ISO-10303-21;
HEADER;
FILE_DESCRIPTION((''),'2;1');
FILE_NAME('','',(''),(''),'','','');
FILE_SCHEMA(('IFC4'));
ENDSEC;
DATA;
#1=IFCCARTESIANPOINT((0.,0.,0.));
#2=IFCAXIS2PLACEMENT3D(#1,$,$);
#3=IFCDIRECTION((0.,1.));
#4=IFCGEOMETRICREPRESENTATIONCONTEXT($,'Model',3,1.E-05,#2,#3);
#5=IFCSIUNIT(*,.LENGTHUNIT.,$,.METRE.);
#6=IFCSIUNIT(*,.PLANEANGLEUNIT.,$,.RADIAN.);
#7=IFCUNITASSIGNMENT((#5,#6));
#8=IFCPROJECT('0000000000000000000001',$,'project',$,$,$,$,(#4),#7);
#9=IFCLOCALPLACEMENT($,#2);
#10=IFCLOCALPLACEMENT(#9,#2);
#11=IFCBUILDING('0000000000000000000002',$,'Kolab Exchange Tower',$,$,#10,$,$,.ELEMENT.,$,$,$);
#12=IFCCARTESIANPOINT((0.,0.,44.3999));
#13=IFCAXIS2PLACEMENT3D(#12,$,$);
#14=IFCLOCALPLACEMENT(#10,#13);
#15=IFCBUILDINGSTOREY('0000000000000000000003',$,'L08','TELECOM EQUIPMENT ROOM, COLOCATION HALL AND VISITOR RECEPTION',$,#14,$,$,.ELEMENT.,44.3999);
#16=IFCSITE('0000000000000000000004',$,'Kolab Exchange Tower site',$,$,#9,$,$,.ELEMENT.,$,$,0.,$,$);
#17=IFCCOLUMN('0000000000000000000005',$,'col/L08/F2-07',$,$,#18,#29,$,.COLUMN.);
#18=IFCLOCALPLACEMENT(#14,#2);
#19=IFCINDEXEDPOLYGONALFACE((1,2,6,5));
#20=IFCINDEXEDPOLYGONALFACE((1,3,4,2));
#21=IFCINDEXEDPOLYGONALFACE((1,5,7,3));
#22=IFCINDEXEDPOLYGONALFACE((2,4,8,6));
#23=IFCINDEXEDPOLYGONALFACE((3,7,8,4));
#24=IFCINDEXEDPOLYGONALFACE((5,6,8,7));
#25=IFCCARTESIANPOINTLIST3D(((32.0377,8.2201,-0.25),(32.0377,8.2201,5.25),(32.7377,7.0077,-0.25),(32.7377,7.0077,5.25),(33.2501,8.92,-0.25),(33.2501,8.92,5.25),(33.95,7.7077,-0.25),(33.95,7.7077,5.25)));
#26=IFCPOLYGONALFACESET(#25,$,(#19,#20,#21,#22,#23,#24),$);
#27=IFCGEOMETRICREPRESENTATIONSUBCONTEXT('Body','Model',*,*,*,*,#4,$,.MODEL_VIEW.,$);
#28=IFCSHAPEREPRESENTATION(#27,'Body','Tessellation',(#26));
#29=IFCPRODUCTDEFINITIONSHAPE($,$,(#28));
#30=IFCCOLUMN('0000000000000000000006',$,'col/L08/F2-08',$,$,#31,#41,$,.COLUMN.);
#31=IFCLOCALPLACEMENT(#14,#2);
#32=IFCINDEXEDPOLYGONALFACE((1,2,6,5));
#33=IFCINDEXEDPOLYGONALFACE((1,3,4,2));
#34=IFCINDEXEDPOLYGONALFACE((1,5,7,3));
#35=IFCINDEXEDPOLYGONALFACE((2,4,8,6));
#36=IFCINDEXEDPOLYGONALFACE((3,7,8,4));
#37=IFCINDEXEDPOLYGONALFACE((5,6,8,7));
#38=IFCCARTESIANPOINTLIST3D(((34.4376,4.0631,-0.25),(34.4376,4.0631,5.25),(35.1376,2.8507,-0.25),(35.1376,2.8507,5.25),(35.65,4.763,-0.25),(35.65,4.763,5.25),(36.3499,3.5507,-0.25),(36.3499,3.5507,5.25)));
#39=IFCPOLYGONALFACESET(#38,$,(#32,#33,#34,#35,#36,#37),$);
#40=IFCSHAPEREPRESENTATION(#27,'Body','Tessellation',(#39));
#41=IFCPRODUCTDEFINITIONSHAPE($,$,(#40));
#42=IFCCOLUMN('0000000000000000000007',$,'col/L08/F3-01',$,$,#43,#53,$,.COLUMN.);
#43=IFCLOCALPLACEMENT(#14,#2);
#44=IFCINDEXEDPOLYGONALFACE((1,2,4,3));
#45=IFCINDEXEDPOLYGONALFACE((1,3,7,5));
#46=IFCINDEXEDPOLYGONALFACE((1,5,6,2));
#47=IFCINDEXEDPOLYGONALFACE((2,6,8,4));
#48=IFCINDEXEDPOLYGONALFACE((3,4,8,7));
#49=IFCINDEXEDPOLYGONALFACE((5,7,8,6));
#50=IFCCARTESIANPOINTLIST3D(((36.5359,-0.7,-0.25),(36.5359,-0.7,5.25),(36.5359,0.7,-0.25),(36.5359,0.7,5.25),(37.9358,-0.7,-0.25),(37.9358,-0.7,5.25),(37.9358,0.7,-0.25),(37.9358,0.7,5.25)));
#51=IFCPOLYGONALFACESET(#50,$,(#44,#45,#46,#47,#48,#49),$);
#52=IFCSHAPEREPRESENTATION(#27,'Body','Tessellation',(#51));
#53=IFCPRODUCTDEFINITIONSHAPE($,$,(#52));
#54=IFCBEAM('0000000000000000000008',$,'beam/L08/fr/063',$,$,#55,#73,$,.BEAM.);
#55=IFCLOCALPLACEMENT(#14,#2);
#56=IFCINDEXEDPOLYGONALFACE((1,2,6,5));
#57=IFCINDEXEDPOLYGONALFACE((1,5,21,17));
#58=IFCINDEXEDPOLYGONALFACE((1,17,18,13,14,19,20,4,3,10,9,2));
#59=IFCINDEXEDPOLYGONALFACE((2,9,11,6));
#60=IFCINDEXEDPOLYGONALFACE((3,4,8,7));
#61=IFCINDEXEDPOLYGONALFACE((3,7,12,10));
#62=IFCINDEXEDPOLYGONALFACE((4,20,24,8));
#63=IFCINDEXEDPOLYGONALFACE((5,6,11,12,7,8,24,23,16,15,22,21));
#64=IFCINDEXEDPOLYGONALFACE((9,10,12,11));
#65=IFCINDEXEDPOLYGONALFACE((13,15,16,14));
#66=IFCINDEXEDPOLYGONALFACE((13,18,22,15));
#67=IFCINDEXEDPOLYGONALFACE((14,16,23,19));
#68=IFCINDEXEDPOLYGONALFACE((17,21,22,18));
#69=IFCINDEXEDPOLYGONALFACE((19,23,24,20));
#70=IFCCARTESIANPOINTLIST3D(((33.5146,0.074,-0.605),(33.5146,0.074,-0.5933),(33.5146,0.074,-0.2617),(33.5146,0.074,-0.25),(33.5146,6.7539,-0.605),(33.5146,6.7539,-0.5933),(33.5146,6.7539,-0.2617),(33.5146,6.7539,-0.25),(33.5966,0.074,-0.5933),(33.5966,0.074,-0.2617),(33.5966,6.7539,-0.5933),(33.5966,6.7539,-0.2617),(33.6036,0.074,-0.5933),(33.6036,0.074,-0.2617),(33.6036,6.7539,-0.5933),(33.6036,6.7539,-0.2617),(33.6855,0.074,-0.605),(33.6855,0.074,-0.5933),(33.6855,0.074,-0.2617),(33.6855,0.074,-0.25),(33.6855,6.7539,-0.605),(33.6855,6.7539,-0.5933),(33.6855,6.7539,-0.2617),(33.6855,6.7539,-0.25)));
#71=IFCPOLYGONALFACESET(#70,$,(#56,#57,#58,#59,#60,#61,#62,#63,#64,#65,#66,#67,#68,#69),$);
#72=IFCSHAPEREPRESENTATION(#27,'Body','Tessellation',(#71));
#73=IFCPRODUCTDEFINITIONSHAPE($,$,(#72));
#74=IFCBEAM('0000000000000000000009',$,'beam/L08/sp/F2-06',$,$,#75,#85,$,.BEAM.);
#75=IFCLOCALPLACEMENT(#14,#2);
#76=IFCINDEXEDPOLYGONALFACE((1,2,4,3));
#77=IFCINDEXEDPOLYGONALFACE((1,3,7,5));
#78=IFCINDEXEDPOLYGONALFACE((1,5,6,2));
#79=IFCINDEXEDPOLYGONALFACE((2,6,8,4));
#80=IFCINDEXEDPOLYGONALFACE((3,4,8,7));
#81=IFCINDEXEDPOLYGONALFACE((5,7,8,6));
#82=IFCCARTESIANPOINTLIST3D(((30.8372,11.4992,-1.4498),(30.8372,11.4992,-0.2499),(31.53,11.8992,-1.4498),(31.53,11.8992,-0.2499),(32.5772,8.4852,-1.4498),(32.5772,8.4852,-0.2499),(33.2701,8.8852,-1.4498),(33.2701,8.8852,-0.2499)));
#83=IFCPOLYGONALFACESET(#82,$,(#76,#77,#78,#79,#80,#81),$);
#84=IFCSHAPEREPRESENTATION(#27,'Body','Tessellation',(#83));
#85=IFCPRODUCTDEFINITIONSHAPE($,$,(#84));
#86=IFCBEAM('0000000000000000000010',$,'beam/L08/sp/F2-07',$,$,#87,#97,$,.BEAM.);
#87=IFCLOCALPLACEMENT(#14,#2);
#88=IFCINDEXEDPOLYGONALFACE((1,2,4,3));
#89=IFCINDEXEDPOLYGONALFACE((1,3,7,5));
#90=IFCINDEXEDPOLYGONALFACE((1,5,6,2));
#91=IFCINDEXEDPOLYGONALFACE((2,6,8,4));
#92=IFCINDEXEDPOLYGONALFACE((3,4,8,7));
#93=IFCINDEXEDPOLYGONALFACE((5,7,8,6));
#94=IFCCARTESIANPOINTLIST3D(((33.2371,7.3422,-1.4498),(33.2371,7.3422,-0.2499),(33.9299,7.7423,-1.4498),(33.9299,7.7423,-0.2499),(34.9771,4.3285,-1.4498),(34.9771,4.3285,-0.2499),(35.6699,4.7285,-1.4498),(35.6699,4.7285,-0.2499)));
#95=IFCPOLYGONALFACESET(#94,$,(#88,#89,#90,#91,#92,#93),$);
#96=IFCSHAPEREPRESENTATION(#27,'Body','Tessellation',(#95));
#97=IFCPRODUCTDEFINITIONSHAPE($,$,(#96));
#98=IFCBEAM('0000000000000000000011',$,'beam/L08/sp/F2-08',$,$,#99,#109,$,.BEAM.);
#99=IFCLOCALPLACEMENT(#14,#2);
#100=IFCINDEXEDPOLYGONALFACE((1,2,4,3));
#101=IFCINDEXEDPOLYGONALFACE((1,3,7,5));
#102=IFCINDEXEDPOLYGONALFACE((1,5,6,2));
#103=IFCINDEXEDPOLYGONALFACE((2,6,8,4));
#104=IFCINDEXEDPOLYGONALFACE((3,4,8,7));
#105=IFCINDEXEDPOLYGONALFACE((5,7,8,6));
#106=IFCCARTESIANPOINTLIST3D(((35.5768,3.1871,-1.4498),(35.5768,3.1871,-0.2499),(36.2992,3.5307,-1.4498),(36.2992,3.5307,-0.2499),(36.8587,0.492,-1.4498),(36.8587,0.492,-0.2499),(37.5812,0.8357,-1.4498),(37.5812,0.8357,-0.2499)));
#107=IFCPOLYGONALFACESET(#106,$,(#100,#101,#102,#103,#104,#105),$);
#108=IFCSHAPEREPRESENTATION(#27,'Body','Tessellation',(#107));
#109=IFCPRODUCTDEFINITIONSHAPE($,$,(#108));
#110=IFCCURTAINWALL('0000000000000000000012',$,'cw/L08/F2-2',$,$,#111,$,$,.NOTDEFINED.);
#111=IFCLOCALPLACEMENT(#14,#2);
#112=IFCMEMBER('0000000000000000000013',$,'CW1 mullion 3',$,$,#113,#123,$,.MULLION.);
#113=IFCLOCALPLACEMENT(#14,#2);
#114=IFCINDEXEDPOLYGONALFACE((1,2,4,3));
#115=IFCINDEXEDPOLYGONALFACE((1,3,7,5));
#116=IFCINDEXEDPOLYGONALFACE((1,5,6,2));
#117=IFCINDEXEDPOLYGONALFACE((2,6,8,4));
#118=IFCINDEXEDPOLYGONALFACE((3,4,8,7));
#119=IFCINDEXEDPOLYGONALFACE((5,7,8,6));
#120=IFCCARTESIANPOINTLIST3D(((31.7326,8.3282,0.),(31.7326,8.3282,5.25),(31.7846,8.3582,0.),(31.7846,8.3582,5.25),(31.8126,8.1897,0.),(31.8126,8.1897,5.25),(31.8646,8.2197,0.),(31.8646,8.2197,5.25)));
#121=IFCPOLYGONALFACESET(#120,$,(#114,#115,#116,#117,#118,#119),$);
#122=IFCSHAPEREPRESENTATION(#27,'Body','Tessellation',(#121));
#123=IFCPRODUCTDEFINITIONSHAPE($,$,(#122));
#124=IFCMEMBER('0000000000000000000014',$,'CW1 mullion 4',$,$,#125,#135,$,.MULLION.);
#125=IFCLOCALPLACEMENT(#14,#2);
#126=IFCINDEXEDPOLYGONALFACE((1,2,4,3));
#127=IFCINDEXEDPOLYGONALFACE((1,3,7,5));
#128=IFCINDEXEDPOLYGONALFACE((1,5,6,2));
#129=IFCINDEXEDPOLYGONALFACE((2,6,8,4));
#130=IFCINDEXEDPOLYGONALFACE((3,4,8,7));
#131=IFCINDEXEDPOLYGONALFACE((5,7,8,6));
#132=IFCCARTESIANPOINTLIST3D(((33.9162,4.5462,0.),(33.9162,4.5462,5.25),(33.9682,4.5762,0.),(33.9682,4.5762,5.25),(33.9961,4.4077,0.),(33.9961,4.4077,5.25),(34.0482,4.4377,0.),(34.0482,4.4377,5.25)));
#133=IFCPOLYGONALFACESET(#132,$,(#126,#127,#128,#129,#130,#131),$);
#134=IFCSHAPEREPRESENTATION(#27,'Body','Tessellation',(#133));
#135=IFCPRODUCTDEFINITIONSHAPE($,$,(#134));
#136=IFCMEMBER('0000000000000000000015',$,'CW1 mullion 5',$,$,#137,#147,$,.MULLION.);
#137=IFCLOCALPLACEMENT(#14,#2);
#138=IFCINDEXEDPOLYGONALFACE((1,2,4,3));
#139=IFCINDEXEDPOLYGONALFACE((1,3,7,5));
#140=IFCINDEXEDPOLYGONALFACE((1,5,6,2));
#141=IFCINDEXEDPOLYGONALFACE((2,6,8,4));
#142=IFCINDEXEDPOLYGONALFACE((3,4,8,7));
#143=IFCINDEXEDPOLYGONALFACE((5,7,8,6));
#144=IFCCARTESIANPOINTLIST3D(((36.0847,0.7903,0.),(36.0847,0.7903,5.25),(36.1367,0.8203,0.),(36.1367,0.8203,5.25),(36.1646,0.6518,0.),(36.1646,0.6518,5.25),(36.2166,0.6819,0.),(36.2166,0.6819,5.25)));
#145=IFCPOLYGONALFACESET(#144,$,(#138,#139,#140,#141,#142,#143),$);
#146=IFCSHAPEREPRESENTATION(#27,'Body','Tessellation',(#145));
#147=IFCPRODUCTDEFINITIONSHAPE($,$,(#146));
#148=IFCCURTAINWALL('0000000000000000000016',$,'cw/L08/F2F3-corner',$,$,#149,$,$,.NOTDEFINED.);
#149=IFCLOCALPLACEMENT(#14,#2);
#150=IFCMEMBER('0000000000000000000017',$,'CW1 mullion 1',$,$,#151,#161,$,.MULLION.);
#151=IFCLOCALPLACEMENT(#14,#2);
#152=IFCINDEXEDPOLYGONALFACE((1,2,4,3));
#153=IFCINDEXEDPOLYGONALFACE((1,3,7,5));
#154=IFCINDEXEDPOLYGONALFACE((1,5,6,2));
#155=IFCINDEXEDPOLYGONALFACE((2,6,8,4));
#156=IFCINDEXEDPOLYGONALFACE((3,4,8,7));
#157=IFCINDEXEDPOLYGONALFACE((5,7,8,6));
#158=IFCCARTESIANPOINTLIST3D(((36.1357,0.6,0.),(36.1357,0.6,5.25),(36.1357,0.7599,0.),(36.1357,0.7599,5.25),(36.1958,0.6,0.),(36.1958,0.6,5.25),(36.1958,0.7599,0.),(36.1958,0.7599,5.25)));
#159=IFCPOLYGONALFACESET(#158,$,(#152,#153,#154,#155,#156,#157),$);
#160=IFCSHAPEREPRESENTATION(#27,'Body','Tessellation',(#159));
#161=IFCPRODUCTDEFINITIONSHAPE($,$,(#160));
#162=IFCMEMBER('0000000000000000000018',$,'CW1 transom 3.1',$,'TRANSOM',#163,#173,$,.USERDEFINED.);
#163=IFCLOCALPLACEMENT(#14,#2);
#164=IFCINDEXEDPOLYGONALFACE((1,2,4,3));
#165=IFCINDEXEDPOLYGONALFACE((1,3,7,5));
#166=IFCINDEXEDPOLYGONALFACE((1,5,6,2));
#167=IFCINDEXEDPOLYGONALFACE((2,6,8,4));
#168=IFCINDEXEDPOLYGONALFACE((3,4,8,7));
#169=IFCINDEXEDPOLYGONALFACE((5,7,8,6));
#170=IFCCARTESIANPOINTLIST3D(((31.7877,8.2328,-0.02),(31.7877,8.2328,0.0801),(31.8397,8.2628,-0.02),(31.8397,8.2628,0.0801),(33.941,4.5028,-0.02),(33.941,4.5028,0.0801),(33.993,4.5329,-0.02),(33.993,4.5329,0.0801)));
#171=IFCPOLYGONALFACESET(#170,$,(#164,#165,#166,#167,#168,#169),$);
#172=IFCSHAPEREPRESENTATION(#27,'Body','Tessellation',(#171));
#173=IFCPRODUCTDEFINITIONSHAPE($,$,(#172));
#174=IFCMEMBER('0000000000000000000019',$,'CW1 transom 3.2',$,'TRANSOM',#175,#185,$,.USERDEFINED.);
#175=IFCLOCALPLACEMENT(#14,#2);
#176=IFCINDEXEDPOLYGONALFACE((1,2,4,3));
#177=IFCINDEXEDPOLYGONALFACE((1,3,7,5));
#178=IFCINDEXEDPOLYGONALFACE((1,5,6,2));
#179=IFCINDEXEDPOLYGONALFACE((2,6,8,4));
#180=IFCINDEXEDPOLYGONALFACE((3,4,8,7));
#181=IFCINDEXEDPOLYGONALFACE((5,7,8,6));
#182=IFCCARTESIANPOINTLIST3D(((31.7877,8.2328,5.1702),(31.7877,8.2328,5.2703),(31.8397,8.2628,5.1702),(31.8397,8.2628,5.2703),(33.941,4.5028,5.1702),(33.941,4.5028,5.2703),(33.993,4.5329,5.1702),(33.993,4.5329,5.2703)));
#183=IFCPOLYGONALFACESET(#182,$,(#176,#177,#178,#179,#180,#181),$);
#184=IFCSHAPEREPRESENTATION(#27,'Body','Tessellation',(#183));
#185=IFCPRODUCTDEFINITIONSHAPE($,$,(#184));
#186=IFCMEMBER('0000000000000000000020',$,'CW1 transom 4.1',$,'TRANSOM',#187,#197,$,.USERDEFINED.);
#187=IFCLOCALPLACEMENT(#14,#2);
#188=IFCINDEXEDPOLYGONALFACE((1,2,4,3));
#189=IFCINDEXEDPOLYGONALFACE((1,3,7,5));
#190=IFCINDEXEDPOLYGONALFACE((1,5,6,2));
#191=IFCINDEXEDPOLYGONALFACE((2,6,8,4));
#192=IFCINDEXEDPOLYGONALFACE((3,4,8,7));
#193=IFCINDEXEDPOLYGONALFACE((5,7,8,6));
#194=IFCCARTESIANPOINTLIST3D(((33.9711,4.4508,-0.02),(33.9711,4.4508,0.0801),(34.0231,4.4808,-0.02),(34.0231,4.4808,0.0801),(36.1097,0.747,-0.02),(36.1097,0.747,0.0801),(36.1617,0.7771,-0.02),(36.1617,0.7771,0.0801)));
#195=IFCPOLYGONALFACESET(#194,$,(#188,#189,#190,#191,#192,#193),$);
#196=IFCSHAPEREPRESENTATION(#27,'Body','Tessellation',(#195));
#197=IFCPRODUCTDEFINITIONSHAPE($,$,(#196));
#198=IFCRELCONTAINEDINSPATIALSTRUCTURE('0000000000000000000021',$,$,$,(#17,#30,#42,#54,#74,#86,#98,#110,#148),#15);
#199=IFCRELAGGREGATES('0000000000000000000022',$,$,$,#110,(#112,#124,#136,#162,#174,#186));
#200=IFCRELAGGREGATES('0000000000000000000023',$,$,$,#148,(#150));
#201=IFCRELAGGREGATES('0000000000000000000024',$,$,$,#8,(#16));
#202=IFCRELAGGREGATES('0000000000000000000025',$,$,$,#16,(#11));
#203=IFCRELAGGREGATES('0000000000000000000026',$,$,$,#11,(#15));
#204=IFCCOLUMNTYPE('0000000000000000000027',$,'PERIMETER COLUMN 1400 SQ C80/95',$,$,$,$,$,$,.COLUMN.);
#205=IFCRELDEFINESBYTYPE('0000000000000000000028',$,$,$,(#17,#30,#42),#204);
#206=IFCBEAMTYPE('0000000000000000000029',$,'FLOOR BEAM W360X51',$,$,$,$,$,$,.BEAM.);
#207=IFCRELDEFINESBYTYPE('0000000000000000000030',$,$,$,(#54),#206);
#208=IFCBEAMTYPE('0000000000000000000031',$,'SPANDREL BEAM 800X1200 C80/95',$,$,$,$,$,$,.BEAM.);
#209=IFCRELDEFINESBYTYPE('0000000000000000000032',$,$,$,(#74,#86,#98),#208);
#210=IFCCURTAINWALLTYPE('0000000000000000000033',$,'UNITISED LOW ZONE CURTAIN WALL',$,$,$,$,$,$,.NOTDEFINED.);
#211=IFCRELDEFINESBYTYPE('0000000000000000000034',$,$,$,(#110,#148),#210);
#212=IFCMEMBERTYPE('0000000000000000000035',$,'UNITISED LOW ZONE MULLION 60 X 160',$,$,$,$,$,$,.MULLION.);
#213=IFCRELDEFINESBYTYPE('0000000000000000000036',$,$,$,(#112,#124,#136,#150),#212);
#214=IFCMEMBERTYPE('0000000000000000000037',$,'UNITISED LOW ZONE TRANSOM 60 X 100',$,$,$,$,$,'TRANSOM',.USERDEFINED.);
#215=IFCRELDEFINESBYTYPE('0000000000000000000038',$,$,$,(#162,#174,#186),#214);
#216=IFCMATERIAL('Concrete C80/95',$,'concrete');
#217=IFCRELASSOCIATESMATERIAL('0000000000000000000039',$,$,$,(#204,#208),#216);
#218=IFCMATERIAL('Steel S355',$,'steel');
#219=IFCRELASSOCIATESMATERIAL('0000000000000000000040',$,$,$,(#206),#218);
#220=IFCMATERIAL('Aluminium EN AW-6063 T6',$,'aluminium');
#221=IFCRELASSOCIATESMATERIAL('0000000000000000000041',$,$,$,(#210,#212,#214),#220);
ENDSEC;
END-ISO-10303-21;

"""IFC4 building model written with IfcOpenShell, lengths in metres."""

from ifc_helpers import new_model, si_unit, direction, frame, origin, origin_2d, place, context, subcontext, project, spatial, rectangle, i_section, extrude, material, material_profile, profile_set, type_object, element, aggregate, save


model = new_model("IFC4")

# Units and contexts
model_context = context("Model", 3, precision=1e-05, world=origin(), true_north=direction((0.0, 1.0)))
body_context = subcontext(model_context, "Body", "Model", "MODEL_VIEW")
ifc_project = project(units=[si_unit("LENGTHUNIT", "METRE"), si_unit("PLANEANGLEUNIT", "RADIAN")], contexts=[model_context])

# Site, building, storey
site_placement = place(None, origin())
site = spatial("IfcSite", under=ifc_project, at=site_placement, Name="Kolab Exchange Tower site", CompositionType="ELEMENT", RefElevation=0.0)
building_placement = place(site_placement, origin())
building = spatial("IfcBuilding", under=site, at=building_placement, Name="Kolab Exchange Tower", CompositionType="ELEMENT")
storey_placement = place(building_placement, frame((0.0, 0.0, 44.3999)))
storey = spatial("IfcBuildingStorey", under=building, at=storey_placement, Name="L08", Description="TELECOM EQUIPMENT ROOM, COLOCATION HALL AND VISITOR RECEPTION", CompositionType="ELEMENT", Elevation=44.3999)

# Columns
ifc_material_1 = material(Name="Concrete C80/95", Category="concrete")
ifc_material_profile_1 = material_profile(ifc_material_1, rectangle(XDim=1.3999, YDim=1.3999, at=origin_2d()), Name="RC1400")
ifc_profile_set_1 = profile_set([ifc_material_profile_1], Name="Concrete C80/95")
column_type = type_object("IfcColumnType", Name="PERIMETER COLUMN 1400 SQ C80/95", PredefinedType="COLUMN", material=ifc_profile_set_1)
for number, where, z_axis, x_axis, name in (
    (1, (32.9939, 7.9639, -0.25), (0.0, 0.0, 1.0), (0.866025, 0.5, 0.0), "col/L08/F2-07"),
    (2, (35.3938, 3.8069, -0.25), (0.0, 0.0, 1.0), (0.866025, 0.5, 0.0), "col/L08/F2-08"),
    (3, (37.2358, 0.0, -0.25), (0.0, 0.0, 1.0), (1.0, 0.0, 0.0), "col/L08/F3-01"),
):
    element("IfcColumn", number, at=place(storey_placement, frame(where, z_axis=z_axis, x_axis=x_axis)), inside=storey, type_object=column_type, Name=name, PredefinedType="COLUMN", context=body_context, shape_type="SweptSolid", body=[
        extrude(rectangle(XDim=1.3999, YDim=1.3999, at=origin_2d()), origin(), (0.0, 0.0, 1.0), 5.5),
    ])

# Beams
ifc_material_2 = material(Name="Steel S355", Category="steel")
ifc_material_profile_2 = material_profile(ifc_material_2, i_section(OverallWidth=0.1709, OverallDepth=0.355, WebThickness=0.0071, FlangeThickness=0.0117, at=origin_2d()), Name="W360X51")
ifc_profile_set_2 = profile_set([ifc_material_profile_2], Name="Steel S355")
beam_type_1 = type_object("IfcBeamType", Name="FLOOR BEAM W360X51", PredefinedType="BEAM", material=ifc_profile_set_2)
beam_1_placement = place(storey_placement, frame((33.6001, 0.074, -0.4275), z_axis=(0.0, 1.0, 0.0), x_axis=(-1.0, 0.0, 0.0)))
element("IfcBeam", 4, at=beam_1_placement, inside=storey, type_object=beam_type_1, Name="beam/L08/fr/063", PredefinedType="BEAM", context=body_context, shape_type="SweptSolid", body=[
    extrude(i_section(OverallWidth=0.1709, OverallDepth=0.355, WebThickness=0.0071, FlangeThickness=0.0117, at=origin_2d()), origin(), (0.0, 0.0, 1.0), 6.6799),
])
ifc_material_profile_3 = material_profile(ifc_material_1, rectangle(XDim=0.8, YDim=1.2, at=origin_2d()), Name="RC800X1200")
ifc_profile_set_3 = profile_set([ifc_material_profile_3], Name="Concrete C80/95")
beam_type_2 = type_object("IfcBeamType", Name="SPANDREL BEAM 800X1200 C80/95", PredefinedType="BEAM", material=ifc_profile_set_3)
beam_2_placement = place(storey_placement, frame((31.1836, 11.6992, -0.8499), z_axis=(0.49998, -0.866037, 0.0), x_axis=(0.866037, 0.49998, 0.0)))
element("IfcBeam", 5, at=beam_2_placement, inside=storey, type_object=beam_type_2, Name="beam/L08/sp/F2-06", PredefinedType="BEAM", context=body_context, shape_type="SweptSolid", body=[
    extrude(rectangle(XDim=0.8, YDim=1.2, at=origin_2d()), origin(), (0.0, 0.0, 1.0), 3.4802),
])
beam_3_placement = place(storey_placement, frame((33.5835, 7.5422, -0.8499), z_axis=(0.50001, -0.86602, 0.0), x_axis=(0.86602, 0.50001, 0.0)))
element("IfcBeam", 6, at=beam_3_placement, inside=storey, type_object=beam_type_2, Name="beam/L08/sp/F2-07", PredefinedType="BEAM", context=body_context, shape_type="SweptSolid", body=[
    extrude(rectangle(XDim=0.8, YDim=1.2, at=origin_2d()), origin(), (0.0, 0.0, 1.0), 3.48),
])
beam_4_placement = place(storey_placement, frame((35.938, 3.3589, -0.8499), z_axis=(0.429556, -0.90304, 0.0), x_axis=(0.90304, 0.429556, 0.0)))
element("IfcBeam", 7, at=beam_4_placement, inside=storey, type_object=beam_type_2, Name="beam/L08/sp/F2-08", PredefinedType="BEAM", context=body_context, shape_type="SweptSolid", body=[
    extrude(rectangle(XDim=0.8, YDim=1.2, at=origin_2d()), origin(), (0.0, 0.0, 1.0), 2.9844),
])

# Curtain wall, members
ifc_material_3 = material(Name="Aluminium EN AW-6063 T6", Category="aluminium")
curtain_wall_type = type_object("IfcCurtainWallType", Name="UNITISED LOW ZONE CURTAIN WALL", PredefinedType="NOTDEFINED", material=ifc_material_3)
curtain_wall_1_placement = place(storey_placement, origin())
curtain_wall_1 = element("IfcCurtainWall", 8, at=curtain_wall_1_placement, inside=storey, type_object=curtain_wall_type, Name="cw/L08/F2-2", PredefinedType="NOTDEFINED")
ifc_material_profile_4 = material_profile(ifc_material_3, rectangle(XDim=0.0601, YDim=0.1599, at=origin_2d()), Name="RECT 60X160")
ifc_profile_set_4 = profile_set([ifc_material_profile_4], Name="Aluminium EN AW-6063 T6")
member_type_1 = type_object("IfcMemberType", Name="UNITISED LOW ZONE MULLION 60 X 160", PredefinedType="MULLION", material=ifc_profile_set_4)
member_1_placement = place(storey_placement, frame((31.7986, 8.2739, 0.0), z_axis=(0.0, 0.0, 1.0), x_axis=(0.866025, 0.5, 0.0)))
member_1 = element("IfcMember", 9, at=member_1_placement, type_object=member_type_1, Name="CW1 mullion 3", PredefinedType="MULLION", context=body_context, shape_type="SweptSolid", body=[
    extrude(rectangle(XDim=0.0601, YDim=0.1599, at=origin_2d()), origin(), (0.0, 0.0, 1.0), 5.25),
])
member_2_placement = place(storey_placement, frame((33.9822, 4.4919, 0.0), z_axis=(0.0, 0.0, 1.0), x_axis=(0.866025, 0.5, 0.0)))
member_2 = element("IfcMember", 10, at=member_2_placement, type_object=member_type_1, Name="CW1 mullion 4", PredefinedType="MULLION", context=body_context, shape_type="SweptSolid", body=[
    extrude(rectangle(XDim=0.0601, YDim=0.1599, at=origin_2d()), origin(), (0.0, 0.0, 1.0), 5.25),
])
member_3_placement = place(storey_placement, frame((36.1506, 0.7361, 0.0), z_axis=(0.0, 0.0, 1.0), x_axis=(0.866025, 0.5, 0.0)))
member_3 = element("IfcMember", 11, at=member_3_placement, type_object=member_type_1, Name="CW1 mullion 5", PredefinedType="MULLION", context=body_context, shape_type="SweptSolid", body=[
    extrude(rectangle(XDim=0.0601, YDim=0.1599, at=origin_2d()), origin(), (0.0, 0.0, 1.0), 5.25),
])

# Curtain wall, member
curtain_wall_2_placement = place(storey_placement, origin())
curtain_wall_2 = element("IfcCurtainWall", 12, at=curtain_wall_2_placement, inside=storey, type_object=curtain_wall_type, Name="cw/L08/F2F3-corner", PredefinedType="NOTDEFINED")
member_4_placement = place(storey_placement, frame((36.1658, 0.6799, 0.0), z_axis=(0.0, 0.0, 1.0), x_axis=(1.0, 0.0, 0.0)))
member_4 = element("IfcMember", 13, at=member_4_placement, type_object=member_type_1, Name="CW1 mullion 1", PredefinedType="MULLION", context=body_context, shape_type="SweptSolid", body=[
    extrude(rectangle(XDim=0.0601, YDim=0.1599, at=origin_2d()), origin(), (0.0, 0.0, 1.0), 5.25),
])

# Members
ifc_material_profile_5 = material_profile(ifc_material_3, rectangle(XDim=0.0601, YDim=0.1001, at=origin_2d()), Name="RECT 60X100")
ifc_profile_set_5 = profile_set([ifc_material_profile_5], Name="Aluminium EN AW-6063 T6")
member_type_2 = type_object("IfcMemberType", Name="UNITISED LOW ZONE TRANSOM 60 X 100", ElementType="TRANSOM", PredefinedType="USERDEFINED", material=ifc_profile_set_5)
member_5_placement = place(storey_placement, frame((31.8137, 8.2478, 0.03), z_axis=(0.499968, -0.866044, 0.0), x_axis=(0.866044, 0.499968, 0.0)))
member_5 = element("IfcMember", 14, at=member_5_placement, type_object=member_type_2, Name="CW1 transom 3.1", ObjectType="TRANSOM", PredefinedType="USERDEFINED", context=body_context, shape_type="SweptSolid", body=[
    extrude(rectangle(XDim=0.0601, YDim=0.1001, at=origin_2d()), origin(), (0.0, 0.0, 1.0), 4.3069),
])
member_6_placement = place(storey_placement, frame((31.8137, 8.2478, 5.2202), z_axis=(0.499968, -0.866044, 0.0), x_axis=(0.866044, 0.499968, 0.0)))
member_6 = element("IfcMember", 15, at=member_6_placement, type_object=member_type_2, Name="CW1 transom 3.2", ObjectType="TRANSOM", PredefinedType="USERDEFINED", context=body_context, shape_type="SweptSolid", body=[
    extrude(rectangle(XDim=0.0601, YDim=0.1001, at=origin_2d()), origin(), (0.0, 0.0, 1.0), 4.3069),
])
member_7_placement = place(storey_placement, frame((33.9971, 4.4658, 0.03), z_axis=(0.500044, -0.866, 0.0), x_axis=(0.866, 0.500044, 0.0)))
member_7 = element("IfcMember", 16, at=member_7_placement, type_object=member_type_2, Name="CW1 transom 4.1", ObjectType="TRANSOM", PredefinedType="USERDEFINED", context=body_context, shape_type="SweptSolid", body=[
    extrude(rectangle(XDim=0.0601, YDim=0.1001, at=origin_2d()), origin(), (0.0, 0.0, 1.0), 4.2769),
])

aggregate(curtain_wall_1, [member_1, member_2, member_3, member_5, member_6, member_7])
aggregate(curtain_wall_2, [member_4])

save(model, "model.ifc")
